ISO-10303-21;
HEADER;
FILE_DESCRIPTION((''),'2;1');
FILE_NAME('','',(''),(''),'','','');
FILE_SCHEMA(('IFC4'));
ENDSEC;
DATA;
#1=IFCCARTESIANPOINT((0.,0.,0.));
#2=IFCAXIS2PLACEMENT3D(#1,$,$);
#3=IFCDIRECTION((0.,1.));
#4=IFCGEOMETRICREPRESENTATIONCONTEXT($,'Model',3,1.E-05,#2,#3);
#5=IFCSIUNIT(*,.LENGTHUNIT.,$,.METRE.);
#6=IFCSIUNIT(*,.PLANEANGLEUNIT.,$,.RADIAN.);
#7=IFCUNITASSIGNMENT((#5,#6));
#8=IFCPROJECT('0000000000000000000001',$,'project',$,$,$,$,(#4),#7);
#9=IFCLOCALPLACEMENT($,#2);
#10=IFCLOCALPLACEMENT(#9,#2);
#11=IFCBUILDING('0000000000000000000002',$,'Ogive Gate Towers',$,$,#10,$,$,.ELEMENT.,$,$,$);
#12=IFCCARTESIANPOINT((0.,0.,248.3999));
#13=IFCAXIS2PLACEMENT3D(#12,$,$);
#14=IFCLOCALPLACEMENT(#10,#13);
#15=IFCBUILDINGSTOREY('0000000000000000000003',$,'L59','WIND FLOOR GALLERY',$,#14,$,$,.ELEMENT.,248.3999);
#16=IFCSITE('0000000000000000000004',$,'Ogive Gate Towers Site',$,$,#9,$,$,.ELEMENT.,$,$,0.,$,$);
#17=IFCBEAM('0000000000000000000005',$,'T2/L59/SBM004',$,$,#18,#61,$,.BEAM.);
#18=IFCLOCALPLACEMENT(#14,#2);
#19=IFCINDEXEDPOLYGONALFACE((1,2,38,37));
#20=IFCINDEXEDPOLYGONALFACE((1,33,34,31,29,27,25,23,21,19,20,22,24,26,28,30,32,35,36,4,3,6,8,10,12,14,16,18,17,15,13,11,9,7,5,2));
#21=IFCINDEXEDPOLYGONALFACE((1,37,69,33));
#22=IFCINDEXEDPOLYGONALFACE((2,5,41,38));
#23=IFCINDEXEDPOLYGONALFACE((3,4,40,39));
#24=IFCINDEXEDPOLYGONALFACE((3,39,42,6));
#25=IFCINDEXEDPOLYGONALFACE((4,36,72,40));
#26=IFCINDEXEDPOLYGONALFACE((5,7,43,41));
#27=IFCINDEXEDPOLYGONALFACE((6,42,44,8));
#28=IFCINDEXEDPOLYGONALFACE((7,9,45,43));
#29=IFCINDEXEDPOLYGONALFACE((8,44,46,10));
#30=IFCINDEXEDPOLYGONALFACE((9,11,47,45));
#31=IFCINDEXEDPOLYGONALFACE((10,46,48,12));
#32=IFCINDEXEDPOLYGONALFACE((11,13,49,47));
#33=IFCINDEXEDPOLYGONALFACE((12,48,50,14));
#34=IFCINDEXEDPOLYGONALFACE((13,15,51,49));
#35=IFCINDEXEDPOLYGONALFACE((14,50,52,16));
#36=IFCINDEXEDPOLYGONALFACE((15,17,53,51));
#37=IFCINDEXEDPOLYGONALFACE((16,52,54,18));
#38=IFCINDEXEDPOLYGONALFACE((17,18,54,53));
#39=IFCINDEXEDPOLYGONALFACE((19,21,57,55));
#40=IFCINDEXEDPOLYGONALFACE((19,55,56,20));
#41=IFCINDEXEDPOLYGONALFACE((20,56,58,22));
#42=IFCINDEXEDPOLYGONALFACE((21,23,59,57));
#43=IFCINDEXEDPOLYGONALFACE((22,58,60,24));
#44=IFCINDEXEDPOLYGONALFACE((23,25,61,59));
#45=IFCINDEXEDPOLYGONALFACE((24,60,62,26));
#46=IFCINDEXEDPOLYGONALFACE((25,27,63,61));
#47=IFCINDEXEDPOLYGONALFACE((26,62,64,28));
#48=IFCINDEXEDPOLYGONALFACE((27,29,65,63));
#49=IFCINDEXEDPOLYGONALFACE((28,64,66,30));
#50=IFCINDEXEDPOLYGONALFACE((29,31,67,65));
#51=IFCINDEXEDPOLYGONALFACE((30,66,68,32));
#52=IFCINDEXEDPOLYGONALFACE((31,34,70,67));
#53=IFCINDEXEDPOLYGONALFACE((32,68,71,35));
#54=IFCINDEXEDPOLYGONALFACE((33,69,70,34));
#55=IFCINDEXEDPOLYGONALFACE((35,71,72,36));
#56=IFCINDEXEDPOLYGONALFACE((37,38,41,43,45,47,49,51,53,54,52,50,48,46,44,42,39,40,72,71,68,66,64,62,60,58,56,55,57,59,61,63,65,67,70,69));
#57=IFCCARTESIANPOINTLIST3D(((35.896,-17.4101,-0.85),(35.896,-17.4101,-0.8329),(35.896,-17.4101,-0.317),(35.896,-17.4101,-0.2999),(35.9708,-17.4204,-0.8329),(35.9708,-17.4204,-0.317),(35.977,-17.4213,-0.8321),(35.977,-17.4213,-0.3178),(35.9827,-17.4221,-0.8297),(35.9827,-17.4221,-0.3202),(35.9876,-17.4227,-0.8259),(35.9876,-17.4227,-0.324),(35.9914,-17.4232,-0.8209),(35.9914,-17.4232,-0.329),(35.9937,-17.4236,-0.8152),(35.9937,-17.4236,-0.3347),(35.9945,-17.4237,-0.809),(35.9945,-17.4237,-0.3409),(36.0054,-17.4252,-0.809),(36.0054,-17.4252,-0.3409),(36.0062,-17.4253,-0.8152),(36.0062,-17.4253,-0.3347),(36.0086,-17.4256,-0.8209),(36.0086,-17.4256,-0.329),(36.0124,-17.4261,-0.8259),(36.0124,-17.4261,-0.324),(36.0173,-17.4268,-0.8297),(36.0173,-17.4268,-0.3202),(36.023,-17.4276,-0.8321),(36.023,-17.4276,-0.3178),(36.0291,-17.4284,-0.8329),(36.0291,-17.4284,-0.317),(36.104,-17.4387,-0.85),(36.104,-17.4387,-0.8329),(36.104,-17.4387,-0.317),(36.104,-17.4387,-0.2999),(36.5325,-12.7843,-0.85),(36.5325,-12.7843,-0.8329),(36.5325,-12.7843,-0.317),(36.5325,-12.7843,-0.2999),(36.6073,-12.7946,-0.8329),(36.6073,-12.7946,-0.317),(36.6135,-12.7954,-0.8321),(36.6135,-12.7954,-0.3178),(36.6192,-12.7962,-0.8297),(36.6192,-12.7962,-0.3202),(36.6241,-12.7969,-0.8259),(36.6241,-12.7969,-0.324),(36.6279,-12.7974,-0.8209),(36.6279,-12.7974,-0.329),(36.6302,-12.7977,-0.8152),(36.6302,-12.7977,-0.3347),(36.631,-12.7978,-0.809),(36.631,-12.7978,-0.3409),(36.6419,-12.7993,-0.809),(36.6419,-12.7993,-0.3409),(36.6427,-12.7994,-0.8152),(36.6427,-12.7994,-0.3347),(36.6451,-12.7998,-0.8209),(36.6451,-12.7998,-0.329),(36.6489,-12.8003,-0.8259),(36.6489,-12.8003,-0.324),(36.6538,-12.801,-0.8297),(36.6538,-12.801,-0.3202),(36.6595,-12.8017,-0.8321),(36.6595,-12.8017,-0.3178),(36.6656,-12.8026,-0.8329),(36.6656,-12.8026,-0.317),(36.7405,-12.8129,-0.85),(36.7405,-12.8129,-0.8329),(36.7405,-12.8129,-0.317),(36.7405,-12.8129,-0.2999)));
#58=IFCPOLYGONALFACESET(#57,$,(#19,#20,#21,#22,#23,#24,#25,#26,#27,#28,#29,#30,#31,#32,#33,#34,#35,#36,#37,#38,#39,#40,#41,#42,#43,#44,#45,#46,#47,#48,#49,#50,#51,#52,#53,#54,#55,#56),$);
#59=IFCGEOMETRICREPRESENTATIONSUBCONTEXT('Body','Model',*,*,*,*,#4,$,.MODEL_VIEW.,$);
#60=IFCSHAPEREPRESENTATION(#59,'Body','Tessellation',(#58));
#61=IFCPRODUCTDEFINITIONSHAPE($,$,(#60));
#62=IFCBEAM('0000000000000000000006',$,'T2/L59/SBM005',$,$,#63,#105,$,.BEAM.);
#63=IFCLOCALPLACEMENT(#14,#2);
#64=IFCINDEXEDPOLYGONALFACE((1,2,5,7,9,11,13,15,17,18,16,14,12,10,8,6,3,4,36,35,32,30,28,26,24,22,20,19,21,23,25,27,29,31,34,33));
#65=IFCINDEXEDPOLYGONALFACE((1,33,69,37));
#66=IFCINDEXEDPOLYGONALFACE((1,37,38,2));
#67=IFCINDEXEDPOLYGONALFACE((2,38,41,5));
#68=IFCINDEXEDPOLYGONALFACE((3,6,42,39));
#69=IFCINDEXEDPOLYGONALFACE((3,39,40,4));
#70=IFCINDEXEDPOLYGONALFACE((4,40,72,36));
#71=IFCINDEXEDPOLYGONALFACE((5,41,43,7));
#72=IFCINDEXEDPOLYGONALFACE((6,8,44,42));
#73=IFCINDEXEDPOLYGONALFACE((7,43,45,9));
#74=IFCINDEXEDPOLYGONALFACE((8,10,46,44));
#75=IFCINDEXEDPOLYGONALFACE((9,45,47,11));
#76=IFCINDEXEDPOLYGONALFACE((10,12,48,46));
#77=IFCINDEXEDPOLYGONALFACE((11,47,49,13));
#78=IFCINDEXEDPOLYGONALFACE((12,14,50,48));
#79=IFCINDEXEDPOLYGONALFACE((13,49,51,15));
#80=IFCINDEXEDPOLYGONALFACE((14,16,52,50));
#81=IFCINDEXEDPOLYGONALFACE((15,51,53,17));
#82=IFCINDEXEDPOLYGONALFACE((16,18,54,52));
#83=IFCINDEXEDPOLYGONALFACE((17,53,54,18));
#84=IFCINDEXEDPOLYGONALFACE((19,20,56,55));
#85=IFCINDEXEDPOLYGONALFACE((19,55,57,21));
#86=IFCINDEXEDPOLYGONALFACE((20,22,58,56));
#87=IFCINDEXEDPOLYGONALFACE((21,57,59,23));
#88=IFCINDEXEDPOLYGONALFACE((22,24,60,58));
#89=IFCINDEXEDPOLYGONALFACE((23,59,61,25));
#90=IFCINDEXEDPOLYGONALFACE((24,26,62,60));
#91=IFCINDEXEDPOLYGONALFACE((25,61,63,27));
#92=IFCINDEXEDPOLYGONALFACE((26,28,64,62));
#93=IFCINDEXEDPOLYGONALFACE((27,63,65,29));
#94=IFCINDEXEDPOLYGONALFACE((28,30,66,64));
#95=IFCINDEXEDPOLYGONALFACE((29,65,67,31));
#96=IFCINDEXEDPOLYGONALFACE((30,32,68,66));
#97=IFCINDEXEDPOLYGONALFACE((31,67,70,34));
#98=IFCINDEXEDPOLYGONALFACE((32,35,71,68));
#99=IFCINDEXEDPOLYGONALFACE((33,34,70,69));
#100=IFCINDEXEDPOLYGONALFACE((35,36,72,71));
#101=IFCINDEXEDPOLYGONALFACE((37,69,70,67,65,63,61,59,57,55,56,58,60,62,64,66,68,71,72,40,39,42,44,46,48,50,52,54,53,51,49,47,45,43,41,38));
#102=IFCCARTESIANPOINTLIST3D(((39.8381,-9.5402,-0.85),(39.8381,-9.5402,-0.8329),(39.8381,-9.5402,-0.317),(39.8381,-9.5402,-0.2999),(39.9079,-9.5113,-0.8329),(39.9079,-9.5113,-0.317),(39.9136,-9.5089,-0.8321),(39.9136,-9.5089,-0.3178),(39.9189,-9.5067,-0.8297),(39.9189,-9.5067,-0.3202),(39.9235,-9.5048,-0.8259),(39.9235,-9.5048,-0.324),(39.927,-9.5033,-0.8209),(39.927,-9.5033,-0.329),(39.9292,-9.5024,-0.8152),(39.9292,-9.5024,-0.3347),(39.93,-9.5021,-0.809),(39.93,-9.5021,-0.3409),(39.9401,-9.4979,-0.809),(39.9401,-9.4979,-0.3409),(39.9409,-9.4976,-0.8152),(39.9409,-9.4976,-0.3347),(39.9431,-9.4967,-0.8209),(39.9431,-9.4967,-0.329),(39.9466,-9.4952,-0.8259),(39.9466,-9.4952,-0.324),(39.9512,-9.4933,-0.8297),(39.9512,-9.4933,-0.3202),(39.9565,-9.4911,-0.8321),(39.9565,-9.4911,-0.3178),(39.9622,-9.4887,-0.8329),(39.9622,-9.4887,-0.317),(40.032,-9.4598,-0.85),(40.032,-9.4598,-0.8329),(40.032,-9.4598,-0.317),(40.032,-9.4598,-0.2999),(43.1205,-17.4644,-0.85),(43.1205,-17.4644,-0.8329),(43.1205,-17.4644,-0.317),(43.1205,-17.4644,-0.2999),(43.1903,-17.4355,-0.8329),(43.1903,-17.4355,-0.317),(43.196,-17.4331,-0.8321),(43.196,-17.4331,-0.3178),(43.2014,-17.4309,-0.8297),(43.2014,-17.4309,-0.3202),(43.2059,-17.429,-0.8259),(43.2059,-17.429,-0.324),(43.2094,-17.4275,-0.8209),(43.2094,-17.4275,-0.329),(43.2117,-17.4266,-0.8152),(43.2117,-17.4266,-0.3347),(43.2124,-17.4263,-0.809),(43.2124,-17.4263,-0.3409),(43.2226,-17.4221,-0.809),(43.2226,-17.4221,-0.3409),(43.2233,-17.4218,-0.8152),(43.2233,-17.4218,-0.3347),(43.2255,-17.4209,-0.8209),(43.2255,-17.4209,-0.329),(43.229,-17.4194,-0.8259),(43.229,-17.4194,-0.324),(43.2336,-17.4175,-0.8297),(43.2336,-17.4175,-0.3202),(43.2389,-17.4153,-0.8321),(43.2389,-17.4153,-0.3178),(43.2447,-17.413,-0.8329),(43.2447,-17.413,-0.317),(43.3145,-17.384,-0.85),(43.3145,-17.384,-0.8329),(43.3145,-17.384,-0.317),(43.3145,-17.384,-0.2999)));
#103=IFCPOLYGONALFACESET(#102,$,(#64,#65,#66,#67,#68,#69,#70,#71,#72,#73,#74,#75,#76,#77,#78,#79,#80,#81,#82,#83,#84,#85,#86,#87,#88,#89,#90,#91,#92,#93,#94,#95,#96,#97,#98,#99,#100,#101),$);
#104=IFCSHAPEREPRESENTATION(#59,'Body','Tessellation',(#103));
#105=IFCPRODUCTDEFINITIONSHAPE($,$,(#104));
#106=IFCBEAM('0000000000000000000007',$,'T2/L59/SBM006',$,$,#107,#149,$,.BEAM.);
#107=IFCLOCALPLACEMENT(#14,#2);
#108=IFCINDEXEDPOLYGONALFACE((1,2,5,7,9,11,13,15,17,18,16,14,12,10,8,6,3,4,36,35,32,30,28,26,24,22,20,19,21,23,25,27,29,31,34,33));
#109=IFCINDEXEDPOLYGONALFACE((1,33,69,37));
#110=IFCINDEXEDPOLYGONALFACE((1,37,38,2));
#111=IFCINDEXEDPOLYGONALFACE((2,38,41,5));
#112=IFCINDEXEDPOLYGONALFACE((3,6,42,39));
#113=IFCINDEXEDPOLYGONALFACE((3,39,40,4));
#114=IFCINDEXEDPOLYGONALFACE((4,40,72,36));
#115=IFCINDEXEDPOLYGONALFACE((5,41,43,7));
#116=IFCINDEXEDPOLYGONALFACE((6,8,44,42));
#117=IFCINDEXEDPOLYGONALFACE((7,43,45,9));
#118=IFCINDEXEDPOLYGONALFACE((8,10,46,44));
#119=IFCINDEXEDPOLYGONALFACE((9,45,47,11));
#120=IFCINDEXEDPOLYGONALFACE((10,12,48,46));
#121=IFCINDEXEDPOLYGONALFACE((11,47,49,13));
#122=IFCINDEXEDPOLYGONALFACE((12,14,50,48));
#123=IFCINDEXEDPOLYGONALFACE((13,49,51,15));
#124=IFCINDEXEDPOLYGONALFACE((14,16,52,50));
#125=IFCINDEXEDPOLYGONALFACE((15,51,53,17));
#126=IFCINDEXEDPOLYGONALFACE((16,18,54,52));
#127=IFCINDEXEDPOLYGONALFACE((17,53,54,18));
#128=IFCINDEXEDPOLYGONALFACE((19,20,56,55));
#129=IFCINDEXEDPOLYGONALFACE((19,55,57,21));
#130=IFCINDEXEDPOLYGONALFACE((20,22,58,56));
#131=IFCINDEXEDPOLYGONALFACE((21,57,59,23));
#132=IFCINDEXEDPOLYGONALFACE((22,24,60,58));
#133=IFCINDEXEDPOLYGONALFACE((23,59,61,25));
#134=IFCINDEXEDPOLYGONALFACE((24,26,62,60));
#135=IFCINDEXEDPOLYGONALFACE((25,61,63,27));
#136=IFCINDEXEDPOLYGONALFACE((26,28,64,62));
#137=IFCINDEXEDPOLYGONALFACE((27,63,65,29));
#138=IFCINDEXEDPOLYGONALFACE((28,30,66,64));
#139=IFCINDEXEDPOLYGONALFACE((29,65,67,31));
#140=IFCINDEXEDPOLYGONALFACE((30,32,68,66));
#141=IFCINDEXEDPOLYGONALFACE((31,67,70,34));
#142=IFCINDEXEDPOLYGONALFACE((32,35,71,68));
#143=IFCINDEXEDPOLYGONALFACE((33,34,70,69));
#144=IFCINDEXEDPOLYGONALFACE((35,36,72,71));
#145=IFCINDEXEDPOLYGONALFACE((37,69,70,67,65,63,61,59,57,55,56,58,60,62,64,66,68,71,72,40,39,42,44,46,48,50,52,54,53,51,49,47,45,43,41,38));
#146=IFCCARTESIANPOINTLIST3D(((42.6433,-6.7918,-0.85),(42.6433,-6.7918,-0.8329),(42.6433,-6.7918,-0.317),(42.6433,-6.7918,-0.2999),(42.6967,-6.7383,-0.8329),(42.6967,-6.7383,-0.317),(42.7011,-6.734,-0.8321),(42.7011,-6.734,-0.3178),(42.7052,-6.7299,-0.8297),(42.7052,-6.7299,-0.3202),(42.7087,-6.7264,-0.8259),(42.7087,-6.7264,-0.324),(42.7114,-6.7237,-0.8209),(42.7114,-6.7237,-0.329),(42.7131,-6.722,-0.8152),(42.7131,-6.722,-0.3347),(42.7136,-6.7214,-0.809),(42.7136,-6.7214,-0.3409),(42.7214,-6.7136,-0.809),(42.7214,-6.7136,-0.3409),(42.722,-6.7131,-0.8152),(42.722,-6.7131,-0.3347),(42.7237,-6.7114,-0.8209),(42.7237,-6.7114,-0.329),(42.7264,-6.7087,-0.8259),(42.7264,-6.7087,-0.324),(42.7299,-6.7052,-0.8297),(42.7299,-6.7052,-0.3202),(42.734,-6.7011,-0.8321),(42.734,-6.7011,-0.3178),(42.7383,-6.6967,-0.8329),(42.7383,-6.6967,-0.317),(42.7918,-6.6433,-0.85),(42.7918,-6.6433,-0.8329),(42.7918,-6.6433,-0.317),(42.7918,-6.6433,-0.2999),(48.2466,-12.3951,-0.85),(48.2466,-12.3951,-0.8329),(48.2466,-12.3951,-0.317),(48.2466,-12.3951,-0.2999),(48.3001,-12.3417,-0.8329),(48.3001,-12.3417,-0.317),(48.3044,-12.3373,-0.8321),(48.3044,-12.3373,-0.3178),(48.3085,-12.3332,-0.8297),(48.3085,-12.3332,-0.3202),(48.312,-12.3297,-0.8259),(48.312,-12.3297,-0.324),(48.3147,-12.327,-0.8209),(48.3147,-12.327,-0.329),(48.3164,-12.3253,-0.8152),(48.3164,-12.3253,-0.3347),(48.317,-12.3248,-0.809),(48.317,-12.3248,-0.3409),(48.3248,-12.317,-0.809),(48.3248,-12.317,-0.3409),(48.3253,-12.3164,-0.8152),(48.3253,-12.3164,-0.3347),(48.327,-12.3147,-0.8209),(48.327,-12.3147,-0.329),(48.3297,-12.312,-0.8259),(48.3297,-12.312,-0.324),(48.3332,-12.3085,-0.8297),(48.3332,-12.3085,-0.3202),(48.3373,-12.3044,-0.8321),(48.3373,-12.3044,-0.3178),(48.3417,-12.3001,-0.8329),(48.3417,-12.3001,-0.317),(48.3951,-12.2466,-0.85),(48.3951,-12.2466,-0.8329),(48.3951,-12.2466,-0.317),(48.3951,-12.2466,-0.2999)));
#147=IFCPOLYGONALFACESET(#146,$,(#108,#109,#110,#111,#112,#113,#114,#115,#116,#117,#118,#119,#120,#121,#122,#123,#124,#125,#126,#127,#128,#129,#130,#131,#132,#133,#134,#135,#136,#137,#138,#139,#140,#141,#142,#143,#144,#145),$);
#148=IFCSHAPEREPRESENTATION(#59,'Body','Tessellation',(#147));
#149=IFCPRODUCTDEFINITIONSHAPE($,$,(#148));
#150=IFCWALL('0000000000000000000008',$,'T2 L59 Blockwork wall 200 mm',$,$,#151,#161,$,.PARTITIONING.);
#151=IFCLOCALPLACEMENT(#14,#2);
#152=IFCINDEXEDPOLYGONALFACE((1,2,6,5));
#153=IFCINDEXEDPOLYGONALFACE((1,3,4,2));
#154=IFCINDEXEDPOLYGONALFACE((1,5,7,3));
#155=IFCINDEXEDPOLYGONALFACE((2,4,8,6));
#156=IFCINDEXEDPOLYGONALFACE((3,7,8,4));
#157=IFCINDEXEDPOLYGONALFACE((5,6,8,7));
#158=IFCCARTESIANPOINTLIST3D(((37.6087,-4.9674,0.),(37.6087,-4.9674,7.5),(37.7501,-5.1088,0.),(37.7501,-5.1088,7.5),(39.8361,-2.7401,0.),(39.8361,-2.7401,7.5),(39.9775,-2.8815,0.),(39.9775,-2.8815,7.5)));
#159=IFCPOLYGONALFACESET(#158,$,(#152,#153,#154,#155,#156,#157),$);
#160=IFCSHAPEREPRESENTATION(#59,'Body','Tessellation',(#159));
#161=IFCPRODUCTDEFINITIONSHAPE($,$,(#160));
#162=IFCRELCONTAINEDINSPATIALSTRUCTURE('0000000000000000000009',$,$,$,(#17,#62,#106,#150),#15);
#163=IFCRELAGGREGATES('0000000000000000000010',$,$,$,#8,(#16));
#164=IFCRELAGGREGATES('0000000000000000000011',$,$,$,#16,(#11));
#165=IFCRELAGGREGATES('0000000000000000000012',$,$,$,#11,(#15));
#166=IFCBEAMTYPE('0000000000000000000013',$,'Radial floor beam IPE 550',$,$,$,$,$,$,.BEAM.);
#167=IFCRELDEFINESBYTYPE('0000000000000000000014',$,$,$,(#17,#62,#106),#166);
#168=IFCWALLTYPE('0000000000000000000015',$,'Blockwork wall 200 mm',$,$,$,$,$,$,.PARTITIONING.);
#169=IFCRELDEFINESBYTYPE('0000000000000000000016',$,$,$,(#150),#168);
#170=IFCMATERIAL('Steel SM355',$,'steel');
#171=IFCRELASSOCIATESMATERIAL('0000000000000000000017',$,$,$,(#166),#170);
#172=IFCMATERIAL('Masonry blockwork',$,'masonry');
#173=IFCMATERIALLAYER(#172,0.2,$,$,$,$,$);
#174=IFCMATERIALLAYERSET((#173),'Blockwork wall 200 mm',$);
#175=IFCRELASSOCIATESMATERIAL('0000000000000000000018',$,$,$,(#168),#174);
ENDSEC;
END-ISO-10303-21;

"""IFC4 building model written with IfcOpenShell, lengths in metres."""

from ifc_helpers import new_model, si_unit, direction, frame, frame_2d, origin, origin_2d, place, context, subcontext, project, spatial, rectangle, i_section, extrude, material, layer, layer_set, material_profile, profile_set, type_object, element, save


model = new_model("IFC4")

# Units and contexts
model_context = context("Model", 3, precision=1e-05, world=origin(), true_north=direction((0.0, 1.0)))
body_context = subcontext(model_context, "Body", "Model", "MODEL_VIEW")
ifc_project = project(units=[si_unit("LENGTHUNIT", "METRE"), si_unit("PLANEANGLEUNIT", "RADIAN")], contexts=[model_context])

# Site, building, storey
site_placement = place(None, origin())
site = spatial("IfcSite", under=ifc_project, at=site_placement, Name="Ogive Gate Towers Site", CompositionType="ELEMENT", RefElevation=0.0)
building_placement = place(site_placement, origin())
building = spatial("IfcBuilding", under=site, at=building_placement, Name="Ogive Gate Towers", CompositionType="ELEMENT")
storey_placement = place(building_placement, frame((0.0, 0.0, 248.3999)))
storey = spatial("IfcBuildingStorey", under=building, at=storey_placement, Name="L59", Description="WIND FLOOR GALLERY", CompositionType="ELEMENT", Elevation=248.3999)

# Beams
ifc_material_1 = material(Name="Steel SM355", Category="steel")
ifc_material_profile = material_profile(ifc_material_1, i_section(OverallWidth=0.21, OverallDepth=0.55, WebThickness=0.011, FlangeThickness=0.0171, FilletRadius=0.0239, at=origin_2d()), Name="IPE 550")
ifc_profile_set = profile_set([ifc_material_profile], Name="Steel SM355")
beam_type = type_object("IfcBeamType", Name="Radial floor beam IPE 550", PredefinedType="BEAM", material=ifc_profile_set)
beam_1_placement = place(storey_placement, frame((36.6365, -12.7986, -0.575), z_axis=(-0.13631, -0.990666, 0.0), x_axis=(0.990666, -0.13631, 0.0)))
element("IfcBeam", 1, at=beam_1_placement, inside=storey, type_object=beam_type, Name="T2/L59/SBM004", PredefinedType="BEAM", context=body_context, shape_type="SweptSolid", body=[
    extrude(i_section(OverallWidth=0.21, OverallDepth=0.55, WebThickness=0.011, FlangeThickness=0.0171, FilletRadius=0.0239, at=origin_2d()), origin(), (0.0, 0.0, 1.0), 4.6694),
])
beam_2_placement = place(storey_placement, frame((39.9351, -9.5, -0.575), z_axis=(0.382695, -0.923875, 0.0), x_axis=(0.923875, 0.382695, 0.0)))
element("IfcBeam", 2, at=beam_2_placement, inside=storey, type_object=beam_type, Name="T2/L59/SBM005", PredefinedType="BEAM", context=body_context, shape_type="SweptSolid", body=[
    extrude(i_section(OverallWidth=0.21, OverallDepth=0.55, WebThickness=0.011, FlangeThickness=0.0171, FilletRadius=0.0239, at=origin_2d()), origin(), (0.0, 0.0, 1.0), 8.5771),
])
beam_3_placement = place(storey_placement, frame((42.7175, -6.7175, -0.575), z_axis=(0.707107, -0.707107, 0.0), x_axis=(0.707107, 0.707107, 0.0)))
element("IfcBeam", 3, at=beam_3_placement, inside=storey, type_object=beam_type, Name="T2/L59/SBM006", PredefinedType="BEAM", context=body_context, shape_type="SweptSolid", body=[
    extrude(i_section(OverallWidth=0.21, OverallDepth=0.55, WebThickness=0.011, FlangeThickness=0.0171, FilletRadius=0.0239, at=origin_2d()), origin(), (0.0, 0.0, 1.0), 7.9243),
])

# Wall
ifc_material_2 = material(Name="Masonry blockwork", Category="masonry")
ifc_layer_1 = layer(ifc_material_2, 0.2)
ifc_layer_set_1 = layer_set([ifc_layer_1], Name="Blockwork wall 200 mm")
wall_type_1 = type_object("IfcWallType", Name="Blockwork wall 200 mm", PredefinedType="PARTITIONING", material=ifc_layer_set_1)
wall_1_placement = place(storey_placement, frame((37.6794, -5.0381, 0.0), z_axis=(0.0, 0.0, 1.0), x_axis=(0.707107, 0.707107, 0.0)))
element("IfcWall", 4, at=wall_1_placement, inside=storey, type_object=wall_type_1, Name="T2 L59 Blockwork wall 200 mm", PredefinedType="PARTITIONING", context=body_context, shape_type="SweptSolid", body=[
    extrude(rectangle(XDim=3.1499, YDim=0.2, at=frame_2d((1.575, 0.0))), origin(), (0.0, 0.0, 1.0), 7.5),
])

save(model, "model.ifc")
